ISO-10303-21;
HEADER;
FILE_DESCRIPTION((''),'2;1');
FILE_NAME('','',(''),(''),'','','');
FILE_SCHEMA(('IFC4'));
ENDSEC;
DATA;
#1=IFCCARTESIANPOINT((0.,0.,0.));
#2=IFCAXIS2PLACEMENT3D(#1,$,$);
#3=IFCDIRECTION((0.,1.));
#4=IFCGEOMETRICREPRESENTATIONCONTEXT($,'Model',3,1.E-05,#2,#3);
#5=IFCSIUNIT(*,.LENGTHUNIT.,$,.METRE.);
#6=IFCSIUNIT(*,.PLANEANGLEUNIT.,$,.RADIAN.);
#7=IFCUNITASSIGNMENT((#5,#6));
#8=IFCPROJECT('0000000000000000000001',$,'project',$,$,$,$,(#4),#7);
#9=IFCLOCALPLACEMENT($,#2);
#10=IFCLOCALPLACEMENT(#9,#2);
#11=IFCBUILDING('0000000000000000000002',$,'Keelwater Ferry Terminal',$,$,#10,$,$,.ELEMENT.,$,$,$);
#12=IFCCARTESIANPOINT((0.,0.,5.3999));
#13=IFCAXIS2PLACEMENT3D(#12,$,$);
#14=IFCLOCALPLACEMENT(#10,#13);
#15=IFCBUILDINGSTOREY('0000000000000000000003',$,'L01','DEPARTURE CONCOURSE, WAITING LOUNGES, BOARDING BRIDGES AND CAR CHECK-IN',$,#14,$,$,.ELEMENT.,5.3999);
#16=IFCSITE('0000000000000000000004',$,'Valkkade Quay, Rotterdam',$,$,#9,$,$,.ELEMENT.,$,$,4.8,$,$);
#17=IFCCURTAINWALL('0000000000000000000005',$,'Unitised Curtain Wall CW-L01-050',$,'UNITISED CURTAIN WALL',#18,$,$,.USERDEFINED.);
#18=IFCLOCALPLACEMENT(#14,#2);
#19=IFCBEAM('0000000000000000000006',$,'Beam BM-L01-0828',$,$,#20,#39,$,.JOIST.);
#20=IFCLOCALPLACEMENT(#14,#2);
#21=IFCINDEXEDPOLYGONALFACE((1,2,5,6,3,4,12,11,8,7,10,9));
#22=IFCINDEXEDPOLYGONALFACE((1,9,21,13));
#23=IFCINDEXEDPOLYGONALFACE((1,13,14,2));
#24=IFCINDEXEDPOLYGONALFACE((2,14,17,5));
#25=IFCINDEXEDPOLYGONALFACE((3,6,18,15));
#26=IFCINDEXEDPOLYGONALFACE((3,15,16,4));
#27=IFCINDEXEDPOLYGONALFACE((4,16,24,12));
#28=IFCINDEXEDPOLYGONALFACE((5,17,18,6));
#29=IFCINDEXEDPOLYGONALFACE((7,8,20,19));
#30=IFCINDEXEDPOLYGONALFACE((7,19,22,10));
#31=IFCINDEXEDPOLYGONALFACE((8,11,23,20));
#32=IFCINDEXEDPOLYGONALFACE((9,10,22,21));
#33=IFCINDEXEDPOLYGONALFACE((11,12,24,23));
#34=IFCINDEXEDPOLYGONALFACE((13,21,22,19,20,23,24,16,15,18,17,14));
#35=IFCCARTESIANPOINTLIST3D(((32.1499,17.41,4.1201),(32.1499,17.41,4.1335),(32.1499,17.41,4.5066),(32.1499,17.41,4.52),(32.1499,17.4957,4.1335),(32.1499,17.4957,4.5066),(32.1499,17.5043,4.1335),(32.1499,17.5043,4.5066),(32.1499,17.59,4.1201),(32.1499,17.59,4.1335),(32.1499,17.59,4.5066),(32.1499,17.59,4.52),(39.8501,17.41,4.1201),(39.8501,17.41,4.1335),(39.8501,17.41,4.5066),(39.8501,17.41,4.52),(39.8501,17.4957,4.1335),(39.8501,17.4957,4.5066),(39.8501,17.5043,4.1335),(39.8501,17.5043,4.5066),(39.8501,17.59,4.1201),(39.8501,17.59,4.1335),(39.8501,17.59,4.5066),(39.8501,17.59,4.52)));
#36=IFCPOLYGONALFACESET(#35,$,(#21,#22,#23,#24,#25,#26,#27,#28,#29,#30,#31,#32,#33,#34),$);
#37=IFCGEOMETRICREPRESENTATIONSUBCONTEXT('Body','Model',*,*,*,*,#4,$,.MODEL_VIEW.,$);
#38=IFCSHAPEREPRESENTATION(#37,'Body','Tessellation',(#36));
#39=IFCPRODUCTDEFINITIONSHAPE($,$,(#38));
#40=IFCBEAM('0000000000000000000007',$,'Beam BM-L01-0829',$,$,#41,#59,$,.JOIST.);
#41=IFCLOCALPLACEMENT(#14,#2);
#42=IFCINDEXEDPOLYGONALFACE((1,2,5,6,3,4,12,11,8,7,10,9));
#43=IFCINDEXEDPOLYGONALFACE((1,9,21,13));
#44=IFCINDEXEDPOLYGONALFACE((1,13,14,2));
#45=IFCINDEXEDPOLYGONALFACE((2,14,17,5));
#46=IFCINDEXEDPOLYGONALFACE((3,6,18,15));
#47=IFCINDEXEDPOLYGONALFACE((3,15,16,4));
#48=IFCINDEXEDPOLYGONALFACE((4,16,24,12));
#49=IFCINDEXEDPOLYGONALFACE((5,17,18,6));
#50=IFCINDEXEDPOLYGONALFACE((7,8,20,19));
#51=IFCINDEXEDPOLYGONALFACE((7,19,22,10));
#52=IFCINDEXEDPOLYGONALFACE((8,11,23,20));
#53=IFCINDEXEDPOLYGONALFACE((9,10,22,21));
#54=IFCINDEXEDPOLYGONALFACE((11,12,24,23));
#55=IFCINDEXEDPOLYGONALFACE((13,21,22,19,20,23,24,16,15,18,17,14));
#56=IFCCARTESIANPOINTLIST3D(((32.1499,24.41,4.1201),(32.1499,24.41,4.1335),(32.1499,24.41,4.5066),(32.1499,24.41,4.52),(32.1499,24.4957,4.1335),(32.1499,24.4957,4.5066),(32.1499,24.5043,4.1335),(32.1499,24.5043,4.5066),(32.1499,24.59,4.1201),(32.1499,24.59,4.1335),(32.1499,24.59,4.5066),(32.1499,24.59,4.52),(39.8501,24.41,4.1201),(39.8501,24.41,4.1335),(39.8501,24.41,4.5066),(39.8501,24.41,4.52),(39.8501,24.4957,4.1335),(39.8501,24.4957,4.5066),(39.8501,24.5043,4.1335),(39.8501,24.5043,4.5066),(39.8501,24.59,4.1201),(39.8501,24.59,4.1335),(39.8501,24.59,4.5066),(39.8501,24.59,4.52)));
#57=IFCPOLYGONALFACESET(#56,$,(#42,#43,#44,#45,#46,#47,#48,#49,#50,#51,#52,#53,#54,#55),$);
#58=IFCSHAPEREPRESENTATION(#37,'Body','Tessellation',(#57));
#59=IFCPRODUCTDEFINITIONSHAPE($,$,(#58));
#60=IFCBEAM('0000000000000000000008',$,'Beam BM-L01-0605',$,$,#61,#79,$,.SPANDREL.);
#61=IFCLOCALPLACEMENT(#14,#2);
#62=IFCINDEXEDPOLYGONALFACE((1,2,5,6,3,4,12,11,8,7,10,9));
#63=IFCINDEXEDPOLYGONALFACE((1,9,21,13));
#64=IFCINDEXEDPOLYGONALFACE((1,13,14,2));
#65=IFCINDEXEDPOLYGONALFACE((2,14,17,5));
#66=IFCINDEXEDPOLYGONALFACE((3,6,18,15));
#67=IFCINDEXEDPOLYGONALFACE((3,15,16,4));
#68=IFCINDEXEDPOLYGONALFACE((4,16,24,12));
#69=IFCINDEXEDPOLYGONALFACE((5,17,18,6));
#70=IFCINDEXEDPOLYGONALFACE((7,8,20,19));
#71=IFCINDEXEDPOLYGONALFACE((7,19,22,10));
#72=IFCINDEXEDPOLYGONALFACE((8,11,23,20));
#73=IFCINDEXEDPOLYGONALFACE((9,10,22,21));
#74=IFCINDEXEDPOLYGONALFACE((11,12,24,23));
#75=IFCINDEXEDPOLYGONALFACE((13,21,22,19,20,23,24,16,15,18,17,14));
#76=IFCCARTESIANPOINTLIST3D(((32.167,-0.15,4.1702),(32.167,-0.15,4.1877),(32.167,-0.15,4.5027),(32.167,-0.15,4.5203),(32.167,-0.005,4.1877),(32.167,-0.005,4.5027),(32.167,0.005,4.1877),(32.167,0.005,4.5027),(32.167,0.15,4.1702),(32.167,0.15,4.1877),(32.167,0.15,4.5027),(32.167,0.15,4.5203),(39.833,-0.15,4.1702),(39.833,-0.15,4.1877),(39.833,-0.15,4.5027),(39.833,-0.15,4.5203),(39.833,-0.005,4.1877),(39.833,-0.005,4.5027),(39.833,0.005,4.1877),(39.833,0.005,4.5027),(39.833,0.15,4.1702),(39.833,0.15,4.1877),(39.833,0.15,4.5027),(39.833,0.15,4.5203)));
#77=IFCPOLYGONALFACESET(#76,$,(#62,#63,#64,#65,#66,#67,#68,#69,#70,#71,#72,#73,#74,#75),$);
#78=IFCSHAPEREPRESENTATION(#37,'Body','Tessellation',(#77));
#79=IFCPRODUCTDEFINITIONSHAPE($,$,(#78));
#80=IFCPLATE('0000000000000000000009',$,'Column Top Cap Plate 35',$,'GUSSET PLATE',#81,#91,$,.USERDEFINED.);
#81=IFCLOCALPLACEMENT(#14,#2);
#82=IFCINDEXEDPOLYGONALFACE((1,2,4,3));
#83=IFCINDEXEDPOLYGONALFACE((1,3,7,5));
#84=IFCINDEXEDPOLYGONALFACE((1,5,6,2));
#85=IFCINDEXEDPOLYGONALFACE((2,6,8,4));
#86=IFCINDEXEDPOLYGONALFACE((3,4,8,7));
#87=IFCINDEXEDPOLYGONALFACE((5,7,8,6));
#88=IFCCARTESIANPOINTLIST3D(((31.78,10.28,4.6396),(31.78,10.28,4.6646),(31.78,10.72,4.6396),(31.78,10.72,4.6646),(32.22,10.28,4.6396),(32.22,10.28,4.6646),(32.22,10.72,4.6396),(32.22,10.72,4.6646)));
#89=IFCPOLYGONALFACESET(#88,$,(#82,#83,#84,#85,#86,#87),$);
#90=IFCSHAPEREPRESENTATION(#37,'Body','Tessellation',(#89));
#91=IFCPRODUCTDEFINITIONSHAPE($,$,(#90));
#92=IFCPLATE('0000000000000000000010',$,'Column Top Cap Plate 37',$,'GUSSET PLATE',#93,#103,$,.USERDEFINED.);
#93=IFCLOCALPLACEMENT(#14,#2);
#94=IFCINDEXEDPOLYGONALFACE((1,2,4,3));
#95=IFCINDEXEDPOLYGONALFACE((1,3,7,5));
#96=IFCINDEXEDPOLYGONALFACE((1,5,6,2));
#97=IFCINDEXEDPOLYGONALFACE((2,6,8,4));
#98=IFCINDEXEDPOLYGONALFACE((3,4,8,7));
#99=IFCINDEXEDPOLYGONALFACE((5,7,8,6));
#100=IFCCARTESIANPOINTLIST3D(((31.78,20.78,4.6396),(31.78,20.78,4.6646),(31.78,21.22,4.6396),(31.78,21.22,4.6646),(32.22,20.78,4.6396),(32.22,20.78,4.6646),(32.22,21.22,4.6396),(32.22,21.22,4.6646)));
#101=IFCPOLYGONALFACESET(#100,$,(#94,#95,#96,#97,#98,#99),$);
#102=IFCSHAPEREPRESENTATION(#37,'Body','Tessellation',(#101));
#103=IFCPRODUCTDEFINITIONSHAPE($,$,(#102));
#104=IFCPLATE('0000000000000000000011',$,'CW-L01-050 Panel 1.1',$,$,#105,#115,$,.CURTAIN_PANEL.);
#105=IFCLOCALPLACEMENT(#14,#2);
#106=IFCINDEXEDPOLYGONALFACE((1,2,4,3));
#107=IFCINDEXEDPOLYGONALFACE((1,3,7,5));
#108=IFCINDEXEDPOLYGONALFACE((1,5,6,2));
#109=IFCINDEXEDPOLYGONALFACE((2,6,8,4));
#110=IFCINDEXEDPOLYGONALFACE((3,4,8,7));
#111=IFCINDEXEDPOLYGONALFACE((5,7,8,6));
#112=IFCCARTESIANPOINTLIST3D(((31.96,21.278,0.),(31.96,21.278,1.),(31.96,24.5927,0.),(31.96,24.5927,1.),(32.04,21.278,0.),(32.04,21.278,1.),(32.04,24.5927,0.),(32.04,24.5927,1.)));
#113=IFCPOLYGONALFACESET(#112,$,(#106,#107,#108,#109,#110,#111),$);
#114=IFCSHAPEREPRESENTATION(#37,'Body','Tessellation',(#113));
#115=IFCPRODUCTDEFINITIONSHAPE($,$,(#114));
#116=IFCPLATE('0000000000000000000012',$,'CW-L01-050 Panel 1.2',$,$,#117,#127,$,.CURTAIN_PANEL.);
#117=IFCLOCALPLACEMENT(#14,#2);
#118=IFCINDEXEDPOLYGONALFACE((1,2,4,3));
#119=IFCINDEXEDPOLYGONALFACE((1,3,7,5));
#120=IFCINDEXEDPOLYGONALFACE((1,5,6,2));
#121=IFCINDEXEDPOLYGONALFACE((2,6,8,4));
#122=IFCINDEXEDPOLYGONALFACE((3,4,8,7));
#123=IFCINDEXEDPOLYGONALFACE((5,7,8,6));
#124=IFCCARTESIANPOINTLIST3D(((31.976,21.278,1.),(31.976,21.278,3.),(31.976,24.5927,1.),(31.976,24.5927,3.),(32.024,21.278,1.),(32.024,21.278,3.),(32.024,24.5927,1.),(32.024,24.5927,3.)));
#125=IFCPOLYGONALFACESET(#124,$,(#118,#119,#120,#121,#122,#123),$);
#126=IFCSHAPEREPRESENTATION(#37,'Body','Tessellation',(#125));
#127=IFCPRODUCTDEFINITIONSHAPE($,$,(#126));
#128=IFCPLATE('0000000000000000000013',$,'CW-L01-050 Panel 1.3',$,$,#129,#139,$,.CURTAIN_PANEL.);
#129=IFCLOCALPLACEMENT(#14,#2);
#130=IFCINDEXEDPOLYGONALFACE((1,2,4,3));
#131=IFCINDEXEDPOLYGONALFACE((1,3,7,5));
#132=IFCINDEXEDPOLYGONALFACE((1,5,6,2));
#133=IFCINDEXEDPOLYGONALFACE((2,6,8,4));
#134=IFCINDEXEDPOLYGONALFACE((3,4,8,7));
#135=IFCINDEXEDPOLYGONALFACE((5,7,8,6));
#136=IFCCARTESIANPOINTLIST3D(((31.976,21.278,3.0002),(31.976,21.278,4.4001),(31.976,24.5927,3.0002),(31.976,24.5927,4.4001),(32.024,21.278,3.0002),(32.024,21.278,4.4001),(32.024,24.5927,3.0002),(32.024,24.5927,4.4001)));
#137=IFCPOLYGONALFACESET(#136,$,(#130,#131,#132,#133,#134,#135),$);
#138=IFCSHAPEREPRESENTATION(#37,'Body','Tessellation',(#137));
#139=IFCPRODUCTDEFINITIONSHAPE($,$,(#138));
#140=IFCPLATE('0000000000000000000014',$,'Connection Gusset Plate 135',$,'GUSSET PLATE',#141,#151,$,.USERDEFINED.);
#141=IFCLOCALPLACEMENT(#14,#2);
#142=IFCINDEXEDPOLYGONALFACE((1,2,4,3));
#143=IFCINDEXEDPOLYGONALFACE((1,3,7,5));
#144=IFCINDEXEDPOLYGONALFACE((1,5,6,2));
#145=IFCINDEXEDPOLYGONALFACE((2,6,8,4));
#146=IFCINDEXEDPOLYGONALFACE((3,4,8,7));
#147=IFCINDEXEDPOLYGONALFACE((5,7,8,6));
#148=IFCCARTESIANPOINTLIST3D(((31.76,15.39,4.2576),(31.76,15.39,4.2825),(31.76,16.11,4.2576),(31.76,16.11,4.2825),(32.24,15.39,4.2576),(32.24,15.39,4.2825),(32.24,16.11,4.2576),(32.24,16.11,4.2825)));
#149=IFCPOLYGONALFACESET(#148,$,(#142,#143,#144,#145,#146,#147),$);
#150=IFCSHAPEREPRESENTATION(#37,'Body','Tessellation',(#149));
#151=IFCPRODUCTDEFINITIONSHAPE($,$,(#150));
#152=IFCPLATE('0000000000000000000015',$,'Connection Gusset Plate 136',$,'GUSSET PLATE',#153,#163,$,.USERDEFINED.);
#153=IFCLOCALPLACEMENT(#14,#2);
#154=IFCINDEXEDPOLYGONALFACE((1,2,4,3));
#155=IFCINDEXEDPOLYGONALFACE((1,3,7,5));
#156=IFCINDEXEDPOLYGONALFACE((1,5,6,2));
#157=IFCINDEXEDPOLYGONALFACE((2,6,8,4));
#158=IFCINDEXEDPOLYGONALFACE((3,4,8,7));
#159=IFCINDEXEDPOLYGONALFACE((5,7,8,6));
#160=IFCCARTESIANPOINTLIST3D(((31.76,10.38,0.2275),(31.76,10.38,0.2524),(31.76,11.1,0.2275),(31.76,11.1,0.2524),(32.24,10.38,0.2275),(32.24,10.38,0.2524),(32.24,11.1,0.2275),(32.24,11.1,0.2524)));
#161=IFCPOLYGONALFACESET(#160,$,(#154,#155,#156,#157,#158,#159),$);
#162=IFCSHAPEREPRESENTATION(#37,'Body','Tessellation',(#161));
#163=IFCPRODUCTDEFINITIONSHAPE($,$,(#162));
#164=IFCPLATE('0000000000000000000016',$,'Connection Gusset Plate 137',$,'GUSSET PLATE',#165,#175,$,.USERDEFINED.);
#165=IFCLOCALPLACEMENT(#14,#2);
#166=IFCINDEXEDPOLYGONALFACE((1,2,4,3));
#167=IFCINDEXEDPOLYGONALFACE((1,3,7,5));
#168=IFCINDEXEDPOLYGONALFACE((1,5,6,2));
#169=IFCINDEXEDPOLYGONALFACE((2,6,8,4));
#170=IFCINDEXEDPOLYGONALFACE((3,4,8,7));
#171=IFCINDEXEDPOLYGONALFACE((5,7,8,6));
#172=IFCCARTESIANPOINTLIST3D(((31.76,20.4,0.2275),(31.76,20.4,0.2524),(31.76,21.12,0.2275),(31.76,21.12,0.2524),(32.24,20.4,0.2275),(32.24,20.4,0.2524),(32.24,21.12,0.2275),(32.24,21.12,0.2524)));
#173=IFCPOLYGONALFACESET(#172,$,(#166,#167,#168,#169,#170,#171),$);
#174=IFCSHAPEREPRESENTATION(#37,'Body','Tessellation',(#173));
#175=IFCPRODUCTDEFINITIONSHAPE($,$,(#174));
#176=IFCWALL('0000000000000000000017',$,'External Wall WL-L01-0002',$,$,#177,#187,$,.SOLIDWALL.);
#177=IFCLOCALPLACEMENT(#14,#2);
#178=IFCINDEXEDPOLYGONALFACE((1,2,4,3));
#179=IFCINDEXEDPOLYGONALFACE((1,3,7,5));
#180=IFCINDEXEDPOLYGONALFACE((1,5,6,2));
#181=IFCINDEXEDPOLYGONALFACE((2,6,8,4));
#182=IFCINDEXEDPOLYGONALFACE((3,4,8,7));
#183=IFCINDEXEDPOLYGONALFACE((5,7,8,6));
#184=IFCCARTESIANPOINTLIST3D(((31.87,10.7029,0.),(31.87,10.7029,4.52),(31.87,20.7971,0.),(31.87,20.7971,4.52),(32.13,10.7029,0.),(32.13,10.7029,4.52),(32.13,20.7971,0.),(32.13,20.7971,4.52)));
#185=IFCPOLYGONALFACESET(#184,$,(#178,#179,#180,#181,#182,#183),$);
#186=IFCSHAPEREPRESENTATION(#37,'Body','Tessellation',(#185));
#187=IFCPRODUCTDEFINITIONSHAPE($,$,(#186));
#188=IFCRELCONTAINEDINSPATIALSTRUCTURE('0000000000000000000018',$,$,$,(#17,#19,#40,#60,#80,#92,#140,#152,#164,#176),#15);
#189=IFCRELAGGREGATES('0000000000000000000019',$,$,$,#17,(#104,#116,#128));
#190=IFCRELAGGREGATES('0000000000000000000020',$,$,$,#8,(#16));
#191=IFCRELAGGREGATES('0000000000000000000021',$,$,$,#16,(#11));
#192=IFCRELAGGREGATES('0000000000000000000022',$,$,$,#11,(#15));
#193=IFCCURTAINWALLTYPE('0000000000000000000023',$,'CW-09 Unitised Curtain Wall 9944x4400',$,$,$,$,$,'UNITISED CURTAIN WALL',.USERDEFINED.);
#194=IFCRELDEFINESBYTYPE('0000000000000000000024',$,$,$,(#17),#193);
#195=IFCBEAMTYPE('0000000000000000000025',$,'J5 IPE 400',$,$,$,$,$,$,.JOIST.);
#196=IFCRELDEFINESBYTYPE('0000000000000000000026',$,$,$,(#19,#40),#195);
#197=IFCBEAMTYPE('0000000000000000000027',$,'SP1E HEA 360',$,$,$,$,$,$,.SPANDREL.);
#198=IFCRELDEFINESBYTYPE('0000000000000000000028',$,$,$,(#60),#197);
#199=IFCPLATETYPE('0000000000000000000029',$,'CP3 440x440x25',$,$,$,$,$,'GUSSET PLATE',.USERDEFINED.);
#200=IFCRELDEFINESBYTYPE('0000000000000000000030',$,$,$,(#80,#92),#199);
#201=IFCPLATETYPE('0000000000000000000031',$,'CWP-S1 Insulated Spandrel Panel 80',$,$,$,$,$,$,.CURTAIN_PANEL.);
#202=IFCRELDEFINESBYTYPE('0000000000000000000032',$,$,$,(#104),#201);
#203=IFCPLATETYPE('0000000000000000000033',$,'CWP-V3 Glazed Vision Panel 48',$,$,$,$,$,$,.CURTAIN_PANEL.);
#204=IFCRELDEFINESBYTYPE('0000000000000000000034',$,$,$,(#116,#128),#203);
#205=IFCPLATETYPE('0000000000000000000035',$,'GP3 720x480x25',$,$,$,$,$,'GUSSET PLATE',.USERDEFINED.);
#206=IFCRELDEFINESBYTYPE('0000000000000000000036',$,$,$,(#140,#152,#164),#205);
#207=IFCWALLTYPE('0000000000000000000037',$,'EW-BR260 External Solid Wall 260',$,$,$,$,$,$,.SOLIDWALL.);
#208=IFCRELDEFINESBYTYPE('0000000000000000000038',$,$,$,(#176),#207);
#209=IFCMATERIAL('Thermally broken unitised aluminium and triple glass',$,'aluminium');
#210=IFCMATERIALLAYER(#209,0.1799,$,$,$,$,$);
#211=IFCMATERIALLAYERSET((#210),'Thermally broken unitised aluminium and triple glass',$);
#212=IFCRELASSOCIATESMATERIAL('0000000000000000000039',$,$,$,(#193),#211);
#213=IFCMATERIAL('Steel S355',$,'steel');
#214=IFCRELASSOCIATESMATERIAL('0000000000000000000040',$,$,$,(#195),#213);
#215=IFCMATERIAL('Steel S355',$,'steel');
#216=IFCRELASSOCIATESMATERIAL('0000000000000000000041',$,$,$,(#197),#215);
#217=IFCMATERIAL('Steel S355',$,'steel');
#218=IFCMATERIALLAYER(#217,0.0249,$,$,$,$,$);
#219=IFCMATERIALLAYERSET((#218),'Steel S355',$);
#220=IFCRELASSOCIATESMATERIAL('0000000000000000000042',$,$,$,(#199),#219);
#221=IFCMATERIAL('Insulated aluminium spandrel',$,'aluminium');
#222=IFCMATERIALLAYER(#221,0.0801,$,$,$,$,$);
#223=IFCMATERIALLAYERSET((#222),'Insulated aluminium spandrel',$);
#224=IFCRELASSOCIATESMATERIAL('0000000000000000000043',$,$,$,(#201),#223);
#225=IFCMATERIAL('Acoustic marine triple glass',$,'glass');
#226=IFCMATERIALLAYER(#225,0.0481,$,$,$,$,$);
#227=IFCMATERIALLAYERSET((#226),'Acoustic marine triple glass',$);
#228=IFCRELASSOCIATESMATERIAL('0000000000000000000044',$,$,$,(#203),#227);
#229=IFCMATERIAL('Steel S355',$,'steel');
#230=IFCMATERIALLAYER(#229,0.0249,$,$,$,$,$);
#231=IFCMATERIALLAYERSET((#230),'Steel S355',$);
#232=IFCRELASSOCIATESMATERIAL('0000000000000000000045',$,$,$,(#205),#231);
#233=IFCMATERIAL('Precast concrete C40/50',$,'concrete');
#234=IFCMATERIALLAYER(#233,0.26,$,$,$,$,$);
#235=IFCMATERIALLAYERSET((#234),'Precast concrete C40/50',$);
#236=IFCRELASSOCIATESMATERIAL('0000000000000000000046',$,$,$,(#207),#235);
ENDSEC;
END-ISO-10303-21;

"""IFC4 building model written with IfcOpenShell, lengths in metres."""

from ifc_helpers import new_model, si_unit, direction, frame, frame_2d, origin, origin_2d, place, context, subcontext, project, spatial, rectangle, i_section, extrude, material, layer, layer_set, material_profile, profile_set, type_object, element, aggregate, save


model = new_model("IFC4")

# Units and contexts
model_context = context("Model", 3, precision=1e-05, world=origin(), true_north=direction((0.0, 1.0)))
body_context = subcontext(model_context, "Body", "Model", "MODEL_VIEW")
ifc_project = project(units=[si_unit("LENGTHUNIT", "METRE"), si_unit("PLANEANGLEUNIT", "RADIAN")], contexts=[model_context])

# Site, building, storey
site_placement = place(None, origin())
site = spatial("IfcSite", under=ifc_project, at=site_placement, Name="Valkkade Quay, Rotterdam", CompositionType="ELEMENT", RefElevation=4.8)
building_placement = place(site_placement, origin())
building = spatial("IfcBuilding", under=site, at=building_placement, Name="Keelwater Ferry Terminal", CompositionType="ELEMENT")
storey_placement = place(building_placement, frame((0.0, 0.0, 5.3999)))
storey = spatial("IfcBuildingStorey", under=building, at=storey_placement, Name="L01", Description="DEPARTURE CONCOURSE, WAITING LOUNGES, BOARDING BRIDGES AND CAR CHECK-IN", CompositionType="ELEMENT", Elevation=5.3999)

# Curtain wall
ifc_material_1 = material(Name="Thermally broken unitised aluminium and triple glass", Category="aluminium")
ifc_layer_1 = layer(ifc_material_1, 0.1799)
ifc_layer_set_1 = layer_set([ifc_layer_1], Name="Thermally broken unitised aluminium and triple glass")
curtain_wall_type = type_object("IfcCurtainWallType", Name="CW-09 Unitised Curtain Wall 9944x4400", ElementType="UNITISED CURTAIN WALL", PredefinedType="USERDEFINED", material=ifc_layer_set_1)
curtain_wall_placement = place(storey_placement, origin())
curtain_wall = element("IfcCurtainWall", 1, at=curtain_wall_placement, inside=storey, type_object=curtain_wall_type, Name="Unitised Curtain Wall CW-L01-050", ObjectType="UNITISED CURTAIN WALL", PredefinedType="USERDEFINED")

# Beams
ifc_material_2 = material(Name="Steel S355", Category="steel")
ifc_material_profile_1 = material_profile(ifc_material_2, i_section(OverallWidth=0.1799, OverallDepth=0.3999, WebThickness=0.0085, FlangeThickness=0.0134, at=origin_2d()), Name="IPE 400")
ifc_profile_set_1 = profile_set([ifc_material_profile_1], Name="Steel S355")
beam_type_1 = type_object("IfcBeamType", Name="J5 IPE 400", PredefinedType="JOIST", material=ifc_profile_set_1)
for number, where, z_axis, x_axis, name in (
    (2, (32.1499, 17.5, 4.3201), (1.0, 0.0, 0.0), (0.0, 1.0, 0.0), "Beam BM-L01-0828"),
    (3, (32.1499, 24.5, 4.3201), (1.0, 0.0, 0.0), (0.0, 1.0, 0.0), "Beam BM-L01-0829"),
):
    element("IfcBeam", number, at=place(storey_placement, frame(where, z_axis=z_axis, x_axis=x_axis)), inside=storey, type_object=beam_type_1, Name=name, PredefinedType="JOIST", context=body_context, shape_type="SweptSolid", body=[
        extrude(i_section(OverallWidth=0.1799, OverallDepth=0.3999, WebThickness=0.0085, FlangeThickness=0.0134, at=origin_2d()), origin(), (0.0, 0.0, 1.0), 7.7002),
    ])
ifc_material_3 = material(Name="Steel S355", Category="steel")
ifc_material_profile_2 = material_profile(ifc_material_3, i_section(OverallWidth=0.3, OverallDepth=0.3501, WebThickness=0.01, FlangeThickness=0.0176, at=origin_2d()), Name="HEA 360")
ifc_profile_set_2 = profile_set([ifc_material_profile_2], Name="Steel S355")
beam_type_2 = type_object("IfcBeamType", Name="SP1E HEA 360", PredefinedType="SPANDREL", material=ifc_profile_set_2)
beam_placement = place(storey_placement, frame((32.167, 0.0, 4.3452), z_axis=(1.0, 0.0, 0.0), x_axis=(0.0, 1.0, 0.0)))
element("IfcBeam", 4, at=beam_placement, inside=storey, type_object=beam_type_2, Name="Beam BM-L01-0605", PredefinedType="SPANDREL", context=body_context, shape_type="SweptSolid", body=[
    extrude(i_section(OverallWidth=0.3, OverallDepth=0.3501, WebThickness=0.01, FlangeThickness=0.0176, at=origin_2d()), origin(), (0.0, 0.0, 1.0), 7.666),
])

# Plates
ifc_material_4 = material(Name="Steel S355", Category="steel")
ifc_layer_2 = layer(ifc_material_4, 0.0249)
ifc_layer_set_2 = layer_set([ifc_layer_2], Name="Steel S355")
plate_type_1 = type_object("IfcPlateType", Name="CP3 440x440x25", ElementType="GUSSET PLATE", PredefinedType="USERDEFINED", material=ifc_layer_set_2)
for number, where, z_axis, x_axis, name in (
    (5, (32.0, 10.5, 4.6396), (0.0, 0.0, 1.0), (1.0, 0.0, 0.0), "Column Top Cap Plate 35"),
    (6, (32.0, 21.0, 4.6396), (0.0, 0.0, 1.0), (1.0, 0.0, 0.0), "Column Top Cap Plate 37"),
):
    element("IfcPlate", number, at=place(storey_placement, frame(where, z_axis=z_axis, x_axis=x_axis)), inside=storey, type_object=plate_type_1, Name=name, ObjectType="GUSSET PLATE", PredefinedType="USERDEFINED", context=body_context, shape_type="SweptSolid", body=[
        extrude(rectangle(XDim=0.4399, YDim=0.4399, at=origin_2d()), origin(), (0.0, 0.0, 1.0), 0.0249),
    ])

# Plates
ifc_material_5 = material(Name="Insulated aluminium spandrel", Category="aluminium")
ifc_layer_3 = layer(ifc_material_5, 0.0801)
ifc_layer_set_3 = layer_set([ifc_layer_3], Name="Insulated aluminium spandrel")
plate_type_2 = type_object("IfcPlateType", Name="CWP-S1 Insulated Spandrel Panel 80", PredefinedType="CURTAIN_PANEL", material=ifc_layer_set_3)
plate_1_placement = place(storey_placement, frame((32.0, 22.9353, 0.0), z_axis=(0.0, 0.0, 1.0), x_axis=(0.0, 1.0, 0.0)))
plate_1 = element("IfcPlate", 7, at=plate_1_placement, type_object=plate_type_2, Name="CW-L01-050 Panel 1.1", PredefinedType="CURTAIN_PANEL", context=body_context, shape_type="SweptSolid", body=[
    extrude(rectangle(XDim=3.3147, YDim=0.0801, at=origin_2d()), origin(), (0.0, 0.0, 1.0), 1.0),
])
ifc_material_6 = material(Name="Acoustic marine triple glass", Category="glass")
ifc_layer_4 = layer(ifc_material_6, 0.0481)
ifc_layer_set_4 = layer_set([ifc_layer_4], Name="Acoustic marine triple glass")
plate_type_3 = type_object("IfcPlateType", Name="CWP-V3 Glazed Vision Panel 48", PredefinedType="CURTAIN_PANEL", material=ifc_layer_set_4)
plate_2_placement = place(storey_placement, frame((32.0, 22.9353, 1.0), z_axis=(0.0, 0.0, 1.0), x_axis=(0.0, 1.0, 0.0)))
plate_2 = element("IfcPlate", 8, at=plate_2_placement, type_object=plate_type_3, Name="CW-L01-050 Panel 1.2", PredefinedType="CURTAIN_PANEL", context=body_context, shape_type="SweptSolid", body=[
    extrude(rectangle(XDim=3.3147, YDim=0.0481, at=origin_2d()), origin(), (0.0, 0.0, 1.0), 2.0),
])
plate_3_placement = place(storey_placement, frame((32.0, 22.9353, 3.0002), z_axis=(0.0, 0.0, 1.0), x_axis=(0.0, 1.0, 0.0)))
plate_3 = element("IfcPlate", 9, at=plate_3_placement, type_object=plate_type_3, Name="CW-L01-050 Panel 1.3", PredefinedType="CURTAIN_PANEL", context=body_context, shape_type="SweptSolid", body=[
    extrude(rectangle(XDim=3.3147, YDim=0.0481, at=origin_2d()), origin(), (0.0, 0.0, 1.0), 1.3999),
])
aggregate(curtain_wall, [plate_1, plate_2, plate_3])

# Plates
ifc_material_7 = material(Name="Steel S355", Category="steel")
ifc_layer_5 = layer(ifc_material_7, 0.0249)
ifc_layer_set_5 = layer_set([ifc_layer_5], Name="Steel S355")
plate_type_4 = type_object("IfcPlateType", Name="GP3 720x480x25", ElementType="GUSSET PLATE", PredefinedType="USERDEFINED", material=ifc_layer_set_5)
for number, where, z_axis, x_axis, name in (
    (10, (32.0, 15.75, 4.2576), (0.0, 0.0, 1.0), (0.0, 1.0, 0.0), "Connection Gusset Plate 135"),
    (11, (32.0, 10.74, 0.2275), (0.0, 0.0, 1.0), (0.0, 1.0, 0.0), "Connection Gusset Plate 136"),
    (12, (32.0, 20.76, 0.2275), (0.0, 0.0, 1.0), (0.0, 1.0, 0.0), "Connection Gusset Plate 137"),
):
    element("IfcPlate", number, at=place(storey_placement, frame(where, z_axis=z_axis, x_axis=x_axis)), inside=storey, type_object=plate_type_4, Name=name, ObjectType="GUSSET PLATE", PredefinedType="USERDEFINED", context=body_context, shape_type="SweptSolid", body=[
        extrude(rectangle(XDim=0.72, YDim=0.48, at=origin_2d()), origin(), (0.0, 0.0, 1.0), 0.0249),
    ])

# Wall
ifc_material_8 = material(Name="Precast concrete C40/50", Category="concrete")
ifc_layer_6 = layer(ifc_material_8, 0.26)
ifc_layer_set_6 = layer_set([ifc_layer_6], Name="Precast concrete C40/50")
wall_type = type_object("IfcWallType", Name="EW-BR260 External Solid Wall 260", PredefinedType="SOLIDWALL", material=ifc_layer_set_6)
wall_1_placement = place(storey_placement, frame((32.0, 10.7029, 0.0), z_axis=(0.0, 0.0, 1.0), x_axis=(0.0, 1.0, 0.0)))
element("IfcWall", 13, at=wall_1_placement, inside=storey, type_object=wall_type, Name="External Wall WL-L01-0002", PredefinedType="SOLIDWALL", context=body_context, shape_type="SweptSolid", body=[
    extrude(rectangle(XDim=10.0942, YDim=0.26, at=frame_2d((5.0471, 0.0))), origin(), (0.0, 0.0, 1.0), 4.52),
])

save(model, "model.ifc")
